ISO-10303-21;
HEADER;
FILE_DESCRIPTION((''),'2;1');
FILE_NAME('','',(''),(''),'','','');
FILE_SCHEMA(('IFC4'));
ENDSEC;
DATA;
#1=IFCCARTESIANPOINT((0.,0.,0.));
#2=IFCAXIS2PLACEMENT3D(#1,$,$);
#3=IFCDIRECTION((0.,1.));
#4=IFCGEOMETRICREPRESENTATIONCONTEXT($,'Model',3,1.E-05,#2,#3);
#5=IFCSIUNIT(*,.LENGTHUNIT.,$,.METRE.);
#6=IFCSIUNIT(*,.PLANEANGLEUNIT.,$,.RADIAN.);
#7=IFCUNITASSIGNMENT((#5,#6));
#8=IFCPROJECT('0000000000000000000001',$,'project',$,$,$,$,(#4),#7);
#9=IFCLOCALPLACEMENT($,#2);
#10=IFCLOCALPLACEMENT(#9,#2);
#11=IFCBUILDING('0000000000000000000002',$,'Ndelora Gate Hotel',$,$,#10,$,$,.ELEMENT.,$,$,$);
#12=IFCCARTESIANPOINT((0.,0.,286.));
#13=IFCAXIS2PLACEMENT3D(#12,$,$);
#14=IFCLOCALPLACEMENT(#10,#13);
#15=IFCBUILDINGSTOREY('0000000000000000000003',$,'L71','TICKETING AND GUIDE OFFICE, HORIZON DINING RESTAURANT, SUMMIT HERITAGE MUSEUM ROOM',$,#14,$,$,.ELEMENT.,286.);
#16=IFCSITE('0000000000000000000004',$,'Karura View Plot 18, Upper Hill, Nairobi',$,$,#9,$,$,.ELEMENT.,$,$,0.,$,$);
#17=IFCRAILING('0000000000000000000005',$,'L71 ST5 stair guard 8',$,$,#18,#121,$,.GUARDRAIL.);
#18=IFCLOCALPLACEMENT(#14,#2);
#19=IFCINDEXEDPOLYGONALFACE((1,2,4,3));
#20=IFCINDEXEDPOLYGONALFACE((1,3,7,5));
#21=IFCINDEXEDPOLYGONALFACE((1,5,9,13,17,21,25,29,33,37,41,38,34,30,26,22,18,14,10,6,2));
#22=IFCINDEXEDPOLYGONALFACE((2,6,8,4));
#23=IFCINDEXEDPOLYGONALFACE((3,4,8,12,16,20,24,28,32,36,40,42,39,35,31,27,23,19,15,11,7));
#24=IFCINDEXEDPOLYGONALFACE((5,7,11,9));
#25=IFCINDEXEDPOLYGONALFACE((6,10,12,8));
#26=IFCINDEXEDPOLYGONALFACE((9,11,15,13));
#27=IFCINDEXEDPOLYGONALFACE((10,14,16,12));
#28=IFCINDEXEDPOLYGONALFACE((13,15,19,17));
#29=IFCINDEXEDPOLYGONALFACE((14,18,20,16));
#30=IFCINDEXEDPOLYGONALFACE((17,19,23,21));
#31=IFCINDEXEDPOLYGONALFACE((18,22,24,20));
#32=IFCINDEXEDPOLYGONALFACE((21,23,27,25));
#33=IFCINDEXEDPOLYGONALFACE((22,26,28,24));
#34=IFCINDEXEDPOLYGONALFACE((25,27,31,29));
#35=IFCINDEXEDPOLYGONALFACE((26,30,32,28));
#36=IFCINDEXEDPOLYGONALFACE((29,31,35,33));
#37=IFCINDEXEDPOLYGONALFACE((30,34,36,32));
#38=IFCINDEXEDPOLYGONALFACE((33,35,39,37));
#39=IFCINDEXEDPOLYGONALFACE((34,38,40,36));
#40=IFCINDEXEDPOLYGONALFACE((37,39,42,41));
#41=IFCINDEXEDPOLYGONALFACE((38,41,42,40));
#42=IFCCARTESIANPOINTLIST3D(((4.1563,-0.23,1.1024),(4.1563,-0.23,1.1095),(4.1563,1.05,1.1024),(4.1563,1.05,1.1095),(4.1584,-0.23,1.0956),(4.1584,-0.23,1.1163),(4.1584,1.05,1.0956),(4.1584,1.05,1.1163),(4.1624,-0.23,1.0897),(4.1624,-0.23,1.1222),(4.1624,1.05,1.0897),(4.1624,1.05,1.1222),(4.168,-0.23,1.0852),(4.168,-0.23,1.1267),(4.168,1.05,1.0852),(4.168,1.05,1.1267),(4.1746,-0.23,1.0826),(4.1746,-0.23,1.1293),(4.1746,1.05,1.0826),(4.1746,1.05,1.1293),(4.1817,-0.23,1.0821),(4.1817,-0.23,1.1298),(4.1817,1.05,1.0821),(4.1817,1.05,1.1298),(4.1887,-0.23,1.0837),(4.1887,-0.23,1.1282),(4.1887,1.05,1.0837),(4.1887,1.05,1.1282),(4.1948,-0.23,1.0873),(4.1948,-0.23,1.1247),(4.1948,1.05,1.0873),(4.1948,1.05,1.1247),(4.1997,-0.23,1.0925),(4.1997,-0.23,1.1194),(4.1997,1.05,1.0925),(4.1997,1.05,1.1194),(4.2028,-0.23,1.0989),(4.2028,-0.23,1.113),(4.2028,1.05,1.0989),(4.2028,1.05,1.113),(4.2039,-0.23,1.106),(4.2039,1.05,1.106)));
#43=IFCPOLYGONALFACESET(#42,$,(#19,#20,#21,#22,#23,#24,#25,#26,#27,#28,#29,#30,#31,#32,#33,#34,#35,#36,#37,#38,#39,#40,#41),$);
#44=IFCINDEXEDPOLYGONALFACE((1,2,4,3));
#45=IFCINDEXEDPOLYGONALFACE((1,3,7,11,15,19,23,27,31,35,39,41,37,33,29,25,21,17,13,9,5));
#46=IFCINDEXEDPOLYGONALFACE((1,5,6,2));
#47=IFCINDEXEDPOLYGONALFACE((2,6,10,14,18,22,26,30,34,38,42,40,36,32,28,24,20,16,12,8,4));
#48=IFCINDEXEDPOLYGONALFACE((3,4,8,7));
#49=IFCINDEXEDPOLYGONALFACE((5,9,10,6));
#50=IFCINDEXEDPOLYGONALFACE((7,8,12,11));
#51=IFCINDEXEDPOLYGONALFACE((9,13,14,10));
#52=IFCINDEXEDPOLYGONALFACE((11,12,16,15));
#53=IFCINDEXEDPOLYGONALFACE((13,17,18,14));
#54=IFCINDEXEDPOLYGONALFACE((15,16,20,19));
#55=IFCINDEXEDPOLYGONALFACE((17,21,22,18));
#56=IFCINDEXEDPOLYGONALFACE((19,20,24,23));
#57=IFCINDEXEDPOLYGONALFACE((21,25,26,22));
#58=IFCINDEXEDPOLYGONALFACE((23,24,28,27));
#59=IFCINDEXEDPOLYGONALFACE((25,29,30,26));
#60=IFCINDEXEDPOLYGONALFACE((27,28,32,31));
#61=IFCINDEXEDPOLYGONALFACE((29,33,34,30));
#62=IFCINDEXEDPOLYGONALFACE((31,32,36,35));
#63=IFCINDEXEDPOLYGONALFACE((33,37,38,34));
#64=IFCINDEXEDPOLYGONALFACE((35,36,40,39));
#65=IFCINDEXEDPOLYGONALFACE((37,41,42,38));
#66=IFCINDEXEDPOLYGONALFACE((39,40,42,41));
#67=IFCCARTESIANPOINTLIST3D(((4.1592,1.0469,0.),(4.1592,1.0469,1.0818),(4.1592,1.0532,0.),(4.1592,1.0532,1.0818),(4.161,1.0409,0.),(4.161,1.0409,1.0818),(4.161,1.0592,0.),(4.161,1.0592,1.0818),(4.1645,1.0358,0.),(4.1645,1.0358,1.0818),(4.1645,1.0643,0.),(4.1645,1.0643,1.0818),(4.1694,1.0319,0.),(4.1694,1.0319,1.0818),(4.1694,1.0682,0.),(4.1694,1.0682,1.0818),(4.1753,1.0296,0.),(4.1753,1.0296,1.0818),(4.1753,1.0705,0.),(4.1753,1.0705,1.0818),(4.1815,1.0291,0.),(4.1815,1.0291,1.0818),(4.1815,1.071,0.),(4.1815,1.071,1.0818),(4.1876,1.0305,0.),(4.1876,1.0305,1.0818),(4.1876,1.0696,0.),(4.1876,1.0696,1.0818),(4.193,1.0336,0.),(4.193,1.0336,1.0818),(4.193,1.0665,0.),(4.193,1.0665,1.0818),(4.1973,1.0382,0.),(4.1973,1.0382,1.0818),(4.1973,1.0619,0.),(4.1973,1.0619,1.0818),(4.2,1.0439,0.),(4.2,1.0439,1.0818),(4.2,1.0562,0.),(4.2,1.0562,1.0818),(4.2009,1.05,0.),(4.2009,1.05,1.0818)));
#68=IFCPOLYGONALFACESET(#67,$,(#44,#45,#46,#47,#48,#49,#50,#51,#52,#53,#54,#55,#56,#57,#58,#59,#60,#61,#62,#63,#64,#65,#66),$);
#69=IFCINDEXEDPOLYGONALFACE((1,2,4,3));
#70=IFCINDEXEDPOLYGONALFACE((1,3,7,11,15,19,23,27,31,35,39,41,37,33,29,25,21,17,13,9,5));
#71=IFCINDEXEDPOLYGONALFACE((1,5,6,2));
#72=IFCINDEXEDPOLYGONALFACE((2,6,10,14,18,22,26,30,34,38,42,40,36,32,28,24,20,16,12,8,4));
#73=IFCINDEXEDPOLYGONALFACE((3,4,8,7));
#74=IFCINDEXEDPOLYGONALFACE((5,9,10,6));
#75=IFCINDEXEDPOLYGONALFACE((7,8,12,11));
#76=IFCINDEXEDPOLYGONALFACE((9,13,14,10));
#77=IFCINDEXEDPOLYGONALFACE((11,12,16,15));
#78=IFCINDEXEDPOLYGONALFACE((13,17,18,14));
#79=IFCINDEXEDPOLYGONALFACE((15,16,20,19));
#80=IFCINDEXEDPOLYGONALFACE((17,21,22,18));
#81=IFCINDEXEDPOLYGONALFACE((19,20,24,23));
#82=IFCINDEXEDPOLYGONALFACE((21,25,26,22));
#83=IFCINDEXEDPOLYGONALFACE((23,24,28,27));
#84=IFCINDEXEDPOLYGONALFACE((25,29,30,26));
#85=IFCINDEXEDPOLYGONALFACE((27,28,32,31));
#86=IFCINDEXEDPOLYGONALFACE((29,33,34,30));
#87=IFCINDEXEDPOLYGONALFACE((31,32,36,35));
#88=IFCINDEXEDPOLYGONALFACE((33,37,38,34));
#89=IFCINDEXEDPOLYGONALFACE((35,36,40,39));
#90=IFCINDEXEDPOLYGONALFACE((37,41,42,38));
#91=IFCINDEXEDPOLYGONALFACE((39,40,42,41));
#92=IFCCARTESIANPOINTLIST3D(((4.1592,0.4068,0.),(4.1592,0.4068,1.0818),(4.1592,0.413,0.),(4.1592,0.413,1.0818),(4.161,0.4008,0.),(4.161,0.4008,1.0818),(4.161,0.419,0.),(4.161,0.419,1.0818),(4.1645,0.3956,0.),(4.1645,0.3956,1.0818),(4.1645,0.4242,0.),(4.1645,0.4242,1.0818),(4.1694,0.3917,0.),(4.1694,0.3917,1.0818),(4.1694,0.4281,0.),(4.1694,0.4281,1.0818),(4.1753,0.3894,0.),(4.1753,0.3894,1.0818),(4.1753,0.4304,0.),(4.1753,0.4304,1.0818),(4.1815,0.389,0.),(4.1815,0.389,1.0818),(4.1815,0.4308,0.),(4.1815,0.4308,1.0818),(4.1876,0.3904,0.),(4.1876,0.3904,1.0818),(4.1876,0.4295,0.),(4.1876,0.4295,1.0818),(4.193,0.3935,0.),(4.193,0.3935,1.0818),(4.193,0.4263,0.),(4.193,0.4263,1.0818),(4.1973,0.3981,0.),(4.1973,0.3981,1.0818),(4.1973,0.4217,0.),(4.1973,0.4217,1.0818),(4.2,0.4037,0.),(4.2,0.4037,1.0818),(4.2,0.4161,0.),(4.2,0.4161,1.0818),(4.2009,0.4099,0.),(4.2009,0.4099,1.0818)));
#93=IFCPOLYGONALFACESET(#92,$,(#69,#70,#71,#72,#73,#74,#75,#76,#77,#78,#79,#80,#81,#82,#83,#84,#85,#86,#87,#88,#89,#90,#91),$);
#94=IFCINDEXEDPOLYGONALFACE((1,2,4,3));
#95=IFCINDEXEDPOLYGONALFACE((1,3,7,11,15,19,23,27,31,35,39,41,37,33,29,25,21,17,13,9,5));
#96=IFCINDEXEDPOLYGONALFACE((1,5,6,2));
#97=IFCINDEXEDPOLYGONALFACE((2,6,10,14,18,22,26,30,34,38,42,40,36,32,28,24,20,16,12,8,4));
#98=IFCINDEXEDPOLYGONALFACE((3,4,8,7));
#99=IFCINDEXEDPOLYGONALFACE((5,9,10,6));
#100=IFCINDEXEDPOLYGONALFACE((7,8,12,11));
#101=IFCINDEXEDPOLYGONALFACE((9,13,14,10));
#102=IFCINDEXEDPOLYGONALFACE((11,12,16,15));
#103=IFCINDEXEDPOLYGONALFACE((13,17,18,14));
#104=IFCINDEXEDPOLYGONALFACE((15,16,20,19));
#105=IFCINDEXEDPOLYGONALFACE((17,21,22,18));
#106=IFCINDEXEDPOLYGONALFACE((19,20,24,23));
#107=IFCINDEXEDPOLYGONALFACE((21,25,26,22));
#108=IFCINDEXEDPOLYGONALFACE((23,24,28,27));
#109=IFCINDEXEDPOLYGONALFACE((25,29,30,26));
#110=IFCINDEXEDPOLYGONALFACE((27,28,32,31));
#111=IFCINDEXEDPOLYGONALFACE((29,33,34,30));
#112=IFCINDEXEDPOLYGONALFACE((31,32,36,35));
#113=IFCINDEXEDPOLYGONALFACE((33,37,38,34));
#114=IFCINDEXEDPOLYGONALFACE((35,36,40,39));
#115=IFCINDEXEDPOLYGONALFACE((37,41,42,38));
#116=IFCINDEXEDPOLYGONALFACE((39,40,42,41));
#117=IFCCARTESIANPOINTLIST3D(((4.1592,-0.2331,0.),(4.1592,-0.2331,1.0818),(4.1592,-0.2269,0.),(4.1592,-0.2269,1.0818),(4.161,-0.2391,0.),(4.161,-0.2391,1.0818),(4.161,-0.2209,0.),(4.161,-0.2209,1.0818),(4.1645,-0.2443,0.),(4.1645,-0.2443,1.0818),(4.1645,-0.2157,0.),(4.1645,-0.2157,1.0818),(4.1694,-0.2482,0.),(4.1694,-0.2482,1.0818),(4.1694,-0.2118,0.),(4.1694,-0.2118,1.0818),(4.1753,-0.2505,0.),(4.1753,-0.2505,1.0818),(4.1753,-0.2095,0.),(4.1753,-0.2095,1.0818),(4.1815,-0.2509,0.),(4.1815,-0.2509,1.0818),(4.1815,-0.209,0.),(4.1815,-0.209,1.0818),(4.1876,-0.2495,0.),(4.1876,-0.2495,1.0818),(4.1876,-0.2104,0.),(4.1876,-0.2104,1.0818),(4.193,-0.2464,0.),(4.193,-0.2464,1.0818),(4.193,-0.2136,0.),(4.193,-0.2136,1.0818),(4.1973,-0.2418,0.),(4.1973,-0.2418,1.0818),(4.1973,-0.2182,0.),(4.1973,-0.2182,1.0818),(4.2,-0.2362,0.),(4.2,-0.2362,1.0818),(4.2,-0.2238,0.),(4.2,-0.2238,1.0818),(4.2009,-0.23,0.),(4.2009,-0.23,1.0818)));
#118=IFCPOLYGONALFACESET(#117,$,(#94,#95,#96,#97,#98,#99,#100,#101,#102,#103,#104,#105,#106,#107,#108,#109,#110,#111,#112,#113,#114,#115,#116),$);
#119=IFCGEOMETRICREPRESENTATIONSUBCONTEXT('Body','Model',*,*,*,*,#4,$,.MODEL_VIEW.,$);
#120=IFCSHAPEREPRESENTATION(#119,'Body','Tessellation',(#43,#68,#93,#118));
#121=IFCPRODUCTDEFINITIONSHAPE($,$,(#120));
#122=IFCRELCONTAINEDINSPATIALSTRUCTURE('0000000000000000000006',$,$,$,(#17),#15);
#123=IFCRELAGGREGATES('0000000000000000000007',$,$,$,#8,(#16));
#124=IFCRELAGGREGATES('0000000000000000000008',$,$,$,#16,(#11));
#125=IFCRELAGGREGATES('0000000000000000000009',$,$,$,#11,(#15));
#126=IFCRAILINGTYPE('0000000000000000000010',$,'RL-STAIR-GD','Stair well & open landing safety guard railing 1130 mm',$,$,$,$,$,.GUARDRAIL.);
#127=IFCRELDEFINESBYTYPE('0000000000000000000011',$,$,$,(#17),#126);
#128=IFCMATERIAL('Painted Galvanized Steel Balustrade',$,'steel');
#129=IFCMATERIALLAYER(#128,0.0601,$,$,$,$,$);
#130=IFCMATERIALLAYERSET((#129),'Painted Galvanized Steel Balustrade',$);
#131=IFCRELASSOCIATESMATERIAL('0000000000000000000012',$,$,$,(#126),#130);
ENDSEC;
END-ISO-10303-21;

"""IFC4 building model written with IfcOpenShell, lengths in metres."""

from ifc_helpers import new_model, si_unit, direction, frame, origin, origin_2d, place, context, subcontext, project, spatial, circle, extrude, material, layer, layer_set, type_object, element, save


model = new_model("IFC4")

# Units and contexts
model_context = context("Model", 3, precision=1e-05, world=origin(), true_north=direction((0.0, 1.0)))
body_context = subcontext(model_context, "Body", "Model", "MODEL_VIEW")
ifc_project = project(units=[si_unit("LENGTHUNIT", "METRE"), si_unit("PLANEANGLEUNIT", "RADIAN")], contexts=[model_context])

# Site, building, storey
site_placement = place(None, origin())
site = spatial("IfcSite", under=ifc_project, at=site_placement, Name="Karura View Plot 18, Upper Hill, Nairobi", CompositionType="ELEMENT", RefElevation=0.0)
building_placement = place(site_placement, origin())
building = spatial("IfcBuilding", under=site, at=building_placement, Name="Ndelora Gate Hotel", CompositionType="ELEMENT")
storey_placement = place(building_placement, frame((0.0, 0.0, 286.0)))
storey = spatial("IfcBuildingStorey", under=building, at=storey_placement, Name="L71", Description="TICKETING AND GUIDE OFFICE, HORIZON DINING RESTAURANT, SUMMIT HERITAGE MUSEUM ROOM", CompositionType="ELEMENT", Elevation=286.0)

# Railing
ifc_material_1 = material(Name="Painted Galvanized Steel Balustrade", Category="steel")
ifc_layer_1 = layer(ifc_material_1, 0.0601)
ifc_layer_set_1 = layer_set([ifc_layer_1], Name="Painted Galvanized Steel Balustrade")
railing_type = type_object("IfcRailingType", Name="RL-STAIR-GD", Description="Stair well & open landing safety guard railing 1130 mm", PredefinedType="GUARDRAIL", material=ifc_layer_set_1)
for number, where, name in (
    (1, (4.1799, 1.05, 0.0), "L71 ST5 stair guard 8"),
):
    element("IfcRailing", number, at=place(storey_placement, frame(where)), inside=storey, type_object=railing_type, Name=name, PredefinedType="GUARDRAIL", context=body_context, shape_type="SweptSolid", body=[
        extrude(circle(Radius=0.0239, at=origin_2d()), frame((0.0, 0.0, 1.106), z_axis=(0.0, -1.0, 0.0), x_axis=(1.0, 0.0, 0.0)), (0.0, 0.0, 1.0), 1.28),
        extrude(circle(Radius=0.021, at=origin_2d()), origin(), (0.0, 0.0, 1.0), 1.0818),
        extrude(circle(Radius=0.021, at=origin_2d()), frame((0.0, -0.6401, 0.0)), (0.0, 0.0, 1.0), 1.0818),
        extrude(circle(Radius=0.021, at=origin_2d()), frame((0.0, -1.28, 0.0)), (0.0, 0.0, 1.0), 1.0818),
    ])

save(model, "model.ifc")
